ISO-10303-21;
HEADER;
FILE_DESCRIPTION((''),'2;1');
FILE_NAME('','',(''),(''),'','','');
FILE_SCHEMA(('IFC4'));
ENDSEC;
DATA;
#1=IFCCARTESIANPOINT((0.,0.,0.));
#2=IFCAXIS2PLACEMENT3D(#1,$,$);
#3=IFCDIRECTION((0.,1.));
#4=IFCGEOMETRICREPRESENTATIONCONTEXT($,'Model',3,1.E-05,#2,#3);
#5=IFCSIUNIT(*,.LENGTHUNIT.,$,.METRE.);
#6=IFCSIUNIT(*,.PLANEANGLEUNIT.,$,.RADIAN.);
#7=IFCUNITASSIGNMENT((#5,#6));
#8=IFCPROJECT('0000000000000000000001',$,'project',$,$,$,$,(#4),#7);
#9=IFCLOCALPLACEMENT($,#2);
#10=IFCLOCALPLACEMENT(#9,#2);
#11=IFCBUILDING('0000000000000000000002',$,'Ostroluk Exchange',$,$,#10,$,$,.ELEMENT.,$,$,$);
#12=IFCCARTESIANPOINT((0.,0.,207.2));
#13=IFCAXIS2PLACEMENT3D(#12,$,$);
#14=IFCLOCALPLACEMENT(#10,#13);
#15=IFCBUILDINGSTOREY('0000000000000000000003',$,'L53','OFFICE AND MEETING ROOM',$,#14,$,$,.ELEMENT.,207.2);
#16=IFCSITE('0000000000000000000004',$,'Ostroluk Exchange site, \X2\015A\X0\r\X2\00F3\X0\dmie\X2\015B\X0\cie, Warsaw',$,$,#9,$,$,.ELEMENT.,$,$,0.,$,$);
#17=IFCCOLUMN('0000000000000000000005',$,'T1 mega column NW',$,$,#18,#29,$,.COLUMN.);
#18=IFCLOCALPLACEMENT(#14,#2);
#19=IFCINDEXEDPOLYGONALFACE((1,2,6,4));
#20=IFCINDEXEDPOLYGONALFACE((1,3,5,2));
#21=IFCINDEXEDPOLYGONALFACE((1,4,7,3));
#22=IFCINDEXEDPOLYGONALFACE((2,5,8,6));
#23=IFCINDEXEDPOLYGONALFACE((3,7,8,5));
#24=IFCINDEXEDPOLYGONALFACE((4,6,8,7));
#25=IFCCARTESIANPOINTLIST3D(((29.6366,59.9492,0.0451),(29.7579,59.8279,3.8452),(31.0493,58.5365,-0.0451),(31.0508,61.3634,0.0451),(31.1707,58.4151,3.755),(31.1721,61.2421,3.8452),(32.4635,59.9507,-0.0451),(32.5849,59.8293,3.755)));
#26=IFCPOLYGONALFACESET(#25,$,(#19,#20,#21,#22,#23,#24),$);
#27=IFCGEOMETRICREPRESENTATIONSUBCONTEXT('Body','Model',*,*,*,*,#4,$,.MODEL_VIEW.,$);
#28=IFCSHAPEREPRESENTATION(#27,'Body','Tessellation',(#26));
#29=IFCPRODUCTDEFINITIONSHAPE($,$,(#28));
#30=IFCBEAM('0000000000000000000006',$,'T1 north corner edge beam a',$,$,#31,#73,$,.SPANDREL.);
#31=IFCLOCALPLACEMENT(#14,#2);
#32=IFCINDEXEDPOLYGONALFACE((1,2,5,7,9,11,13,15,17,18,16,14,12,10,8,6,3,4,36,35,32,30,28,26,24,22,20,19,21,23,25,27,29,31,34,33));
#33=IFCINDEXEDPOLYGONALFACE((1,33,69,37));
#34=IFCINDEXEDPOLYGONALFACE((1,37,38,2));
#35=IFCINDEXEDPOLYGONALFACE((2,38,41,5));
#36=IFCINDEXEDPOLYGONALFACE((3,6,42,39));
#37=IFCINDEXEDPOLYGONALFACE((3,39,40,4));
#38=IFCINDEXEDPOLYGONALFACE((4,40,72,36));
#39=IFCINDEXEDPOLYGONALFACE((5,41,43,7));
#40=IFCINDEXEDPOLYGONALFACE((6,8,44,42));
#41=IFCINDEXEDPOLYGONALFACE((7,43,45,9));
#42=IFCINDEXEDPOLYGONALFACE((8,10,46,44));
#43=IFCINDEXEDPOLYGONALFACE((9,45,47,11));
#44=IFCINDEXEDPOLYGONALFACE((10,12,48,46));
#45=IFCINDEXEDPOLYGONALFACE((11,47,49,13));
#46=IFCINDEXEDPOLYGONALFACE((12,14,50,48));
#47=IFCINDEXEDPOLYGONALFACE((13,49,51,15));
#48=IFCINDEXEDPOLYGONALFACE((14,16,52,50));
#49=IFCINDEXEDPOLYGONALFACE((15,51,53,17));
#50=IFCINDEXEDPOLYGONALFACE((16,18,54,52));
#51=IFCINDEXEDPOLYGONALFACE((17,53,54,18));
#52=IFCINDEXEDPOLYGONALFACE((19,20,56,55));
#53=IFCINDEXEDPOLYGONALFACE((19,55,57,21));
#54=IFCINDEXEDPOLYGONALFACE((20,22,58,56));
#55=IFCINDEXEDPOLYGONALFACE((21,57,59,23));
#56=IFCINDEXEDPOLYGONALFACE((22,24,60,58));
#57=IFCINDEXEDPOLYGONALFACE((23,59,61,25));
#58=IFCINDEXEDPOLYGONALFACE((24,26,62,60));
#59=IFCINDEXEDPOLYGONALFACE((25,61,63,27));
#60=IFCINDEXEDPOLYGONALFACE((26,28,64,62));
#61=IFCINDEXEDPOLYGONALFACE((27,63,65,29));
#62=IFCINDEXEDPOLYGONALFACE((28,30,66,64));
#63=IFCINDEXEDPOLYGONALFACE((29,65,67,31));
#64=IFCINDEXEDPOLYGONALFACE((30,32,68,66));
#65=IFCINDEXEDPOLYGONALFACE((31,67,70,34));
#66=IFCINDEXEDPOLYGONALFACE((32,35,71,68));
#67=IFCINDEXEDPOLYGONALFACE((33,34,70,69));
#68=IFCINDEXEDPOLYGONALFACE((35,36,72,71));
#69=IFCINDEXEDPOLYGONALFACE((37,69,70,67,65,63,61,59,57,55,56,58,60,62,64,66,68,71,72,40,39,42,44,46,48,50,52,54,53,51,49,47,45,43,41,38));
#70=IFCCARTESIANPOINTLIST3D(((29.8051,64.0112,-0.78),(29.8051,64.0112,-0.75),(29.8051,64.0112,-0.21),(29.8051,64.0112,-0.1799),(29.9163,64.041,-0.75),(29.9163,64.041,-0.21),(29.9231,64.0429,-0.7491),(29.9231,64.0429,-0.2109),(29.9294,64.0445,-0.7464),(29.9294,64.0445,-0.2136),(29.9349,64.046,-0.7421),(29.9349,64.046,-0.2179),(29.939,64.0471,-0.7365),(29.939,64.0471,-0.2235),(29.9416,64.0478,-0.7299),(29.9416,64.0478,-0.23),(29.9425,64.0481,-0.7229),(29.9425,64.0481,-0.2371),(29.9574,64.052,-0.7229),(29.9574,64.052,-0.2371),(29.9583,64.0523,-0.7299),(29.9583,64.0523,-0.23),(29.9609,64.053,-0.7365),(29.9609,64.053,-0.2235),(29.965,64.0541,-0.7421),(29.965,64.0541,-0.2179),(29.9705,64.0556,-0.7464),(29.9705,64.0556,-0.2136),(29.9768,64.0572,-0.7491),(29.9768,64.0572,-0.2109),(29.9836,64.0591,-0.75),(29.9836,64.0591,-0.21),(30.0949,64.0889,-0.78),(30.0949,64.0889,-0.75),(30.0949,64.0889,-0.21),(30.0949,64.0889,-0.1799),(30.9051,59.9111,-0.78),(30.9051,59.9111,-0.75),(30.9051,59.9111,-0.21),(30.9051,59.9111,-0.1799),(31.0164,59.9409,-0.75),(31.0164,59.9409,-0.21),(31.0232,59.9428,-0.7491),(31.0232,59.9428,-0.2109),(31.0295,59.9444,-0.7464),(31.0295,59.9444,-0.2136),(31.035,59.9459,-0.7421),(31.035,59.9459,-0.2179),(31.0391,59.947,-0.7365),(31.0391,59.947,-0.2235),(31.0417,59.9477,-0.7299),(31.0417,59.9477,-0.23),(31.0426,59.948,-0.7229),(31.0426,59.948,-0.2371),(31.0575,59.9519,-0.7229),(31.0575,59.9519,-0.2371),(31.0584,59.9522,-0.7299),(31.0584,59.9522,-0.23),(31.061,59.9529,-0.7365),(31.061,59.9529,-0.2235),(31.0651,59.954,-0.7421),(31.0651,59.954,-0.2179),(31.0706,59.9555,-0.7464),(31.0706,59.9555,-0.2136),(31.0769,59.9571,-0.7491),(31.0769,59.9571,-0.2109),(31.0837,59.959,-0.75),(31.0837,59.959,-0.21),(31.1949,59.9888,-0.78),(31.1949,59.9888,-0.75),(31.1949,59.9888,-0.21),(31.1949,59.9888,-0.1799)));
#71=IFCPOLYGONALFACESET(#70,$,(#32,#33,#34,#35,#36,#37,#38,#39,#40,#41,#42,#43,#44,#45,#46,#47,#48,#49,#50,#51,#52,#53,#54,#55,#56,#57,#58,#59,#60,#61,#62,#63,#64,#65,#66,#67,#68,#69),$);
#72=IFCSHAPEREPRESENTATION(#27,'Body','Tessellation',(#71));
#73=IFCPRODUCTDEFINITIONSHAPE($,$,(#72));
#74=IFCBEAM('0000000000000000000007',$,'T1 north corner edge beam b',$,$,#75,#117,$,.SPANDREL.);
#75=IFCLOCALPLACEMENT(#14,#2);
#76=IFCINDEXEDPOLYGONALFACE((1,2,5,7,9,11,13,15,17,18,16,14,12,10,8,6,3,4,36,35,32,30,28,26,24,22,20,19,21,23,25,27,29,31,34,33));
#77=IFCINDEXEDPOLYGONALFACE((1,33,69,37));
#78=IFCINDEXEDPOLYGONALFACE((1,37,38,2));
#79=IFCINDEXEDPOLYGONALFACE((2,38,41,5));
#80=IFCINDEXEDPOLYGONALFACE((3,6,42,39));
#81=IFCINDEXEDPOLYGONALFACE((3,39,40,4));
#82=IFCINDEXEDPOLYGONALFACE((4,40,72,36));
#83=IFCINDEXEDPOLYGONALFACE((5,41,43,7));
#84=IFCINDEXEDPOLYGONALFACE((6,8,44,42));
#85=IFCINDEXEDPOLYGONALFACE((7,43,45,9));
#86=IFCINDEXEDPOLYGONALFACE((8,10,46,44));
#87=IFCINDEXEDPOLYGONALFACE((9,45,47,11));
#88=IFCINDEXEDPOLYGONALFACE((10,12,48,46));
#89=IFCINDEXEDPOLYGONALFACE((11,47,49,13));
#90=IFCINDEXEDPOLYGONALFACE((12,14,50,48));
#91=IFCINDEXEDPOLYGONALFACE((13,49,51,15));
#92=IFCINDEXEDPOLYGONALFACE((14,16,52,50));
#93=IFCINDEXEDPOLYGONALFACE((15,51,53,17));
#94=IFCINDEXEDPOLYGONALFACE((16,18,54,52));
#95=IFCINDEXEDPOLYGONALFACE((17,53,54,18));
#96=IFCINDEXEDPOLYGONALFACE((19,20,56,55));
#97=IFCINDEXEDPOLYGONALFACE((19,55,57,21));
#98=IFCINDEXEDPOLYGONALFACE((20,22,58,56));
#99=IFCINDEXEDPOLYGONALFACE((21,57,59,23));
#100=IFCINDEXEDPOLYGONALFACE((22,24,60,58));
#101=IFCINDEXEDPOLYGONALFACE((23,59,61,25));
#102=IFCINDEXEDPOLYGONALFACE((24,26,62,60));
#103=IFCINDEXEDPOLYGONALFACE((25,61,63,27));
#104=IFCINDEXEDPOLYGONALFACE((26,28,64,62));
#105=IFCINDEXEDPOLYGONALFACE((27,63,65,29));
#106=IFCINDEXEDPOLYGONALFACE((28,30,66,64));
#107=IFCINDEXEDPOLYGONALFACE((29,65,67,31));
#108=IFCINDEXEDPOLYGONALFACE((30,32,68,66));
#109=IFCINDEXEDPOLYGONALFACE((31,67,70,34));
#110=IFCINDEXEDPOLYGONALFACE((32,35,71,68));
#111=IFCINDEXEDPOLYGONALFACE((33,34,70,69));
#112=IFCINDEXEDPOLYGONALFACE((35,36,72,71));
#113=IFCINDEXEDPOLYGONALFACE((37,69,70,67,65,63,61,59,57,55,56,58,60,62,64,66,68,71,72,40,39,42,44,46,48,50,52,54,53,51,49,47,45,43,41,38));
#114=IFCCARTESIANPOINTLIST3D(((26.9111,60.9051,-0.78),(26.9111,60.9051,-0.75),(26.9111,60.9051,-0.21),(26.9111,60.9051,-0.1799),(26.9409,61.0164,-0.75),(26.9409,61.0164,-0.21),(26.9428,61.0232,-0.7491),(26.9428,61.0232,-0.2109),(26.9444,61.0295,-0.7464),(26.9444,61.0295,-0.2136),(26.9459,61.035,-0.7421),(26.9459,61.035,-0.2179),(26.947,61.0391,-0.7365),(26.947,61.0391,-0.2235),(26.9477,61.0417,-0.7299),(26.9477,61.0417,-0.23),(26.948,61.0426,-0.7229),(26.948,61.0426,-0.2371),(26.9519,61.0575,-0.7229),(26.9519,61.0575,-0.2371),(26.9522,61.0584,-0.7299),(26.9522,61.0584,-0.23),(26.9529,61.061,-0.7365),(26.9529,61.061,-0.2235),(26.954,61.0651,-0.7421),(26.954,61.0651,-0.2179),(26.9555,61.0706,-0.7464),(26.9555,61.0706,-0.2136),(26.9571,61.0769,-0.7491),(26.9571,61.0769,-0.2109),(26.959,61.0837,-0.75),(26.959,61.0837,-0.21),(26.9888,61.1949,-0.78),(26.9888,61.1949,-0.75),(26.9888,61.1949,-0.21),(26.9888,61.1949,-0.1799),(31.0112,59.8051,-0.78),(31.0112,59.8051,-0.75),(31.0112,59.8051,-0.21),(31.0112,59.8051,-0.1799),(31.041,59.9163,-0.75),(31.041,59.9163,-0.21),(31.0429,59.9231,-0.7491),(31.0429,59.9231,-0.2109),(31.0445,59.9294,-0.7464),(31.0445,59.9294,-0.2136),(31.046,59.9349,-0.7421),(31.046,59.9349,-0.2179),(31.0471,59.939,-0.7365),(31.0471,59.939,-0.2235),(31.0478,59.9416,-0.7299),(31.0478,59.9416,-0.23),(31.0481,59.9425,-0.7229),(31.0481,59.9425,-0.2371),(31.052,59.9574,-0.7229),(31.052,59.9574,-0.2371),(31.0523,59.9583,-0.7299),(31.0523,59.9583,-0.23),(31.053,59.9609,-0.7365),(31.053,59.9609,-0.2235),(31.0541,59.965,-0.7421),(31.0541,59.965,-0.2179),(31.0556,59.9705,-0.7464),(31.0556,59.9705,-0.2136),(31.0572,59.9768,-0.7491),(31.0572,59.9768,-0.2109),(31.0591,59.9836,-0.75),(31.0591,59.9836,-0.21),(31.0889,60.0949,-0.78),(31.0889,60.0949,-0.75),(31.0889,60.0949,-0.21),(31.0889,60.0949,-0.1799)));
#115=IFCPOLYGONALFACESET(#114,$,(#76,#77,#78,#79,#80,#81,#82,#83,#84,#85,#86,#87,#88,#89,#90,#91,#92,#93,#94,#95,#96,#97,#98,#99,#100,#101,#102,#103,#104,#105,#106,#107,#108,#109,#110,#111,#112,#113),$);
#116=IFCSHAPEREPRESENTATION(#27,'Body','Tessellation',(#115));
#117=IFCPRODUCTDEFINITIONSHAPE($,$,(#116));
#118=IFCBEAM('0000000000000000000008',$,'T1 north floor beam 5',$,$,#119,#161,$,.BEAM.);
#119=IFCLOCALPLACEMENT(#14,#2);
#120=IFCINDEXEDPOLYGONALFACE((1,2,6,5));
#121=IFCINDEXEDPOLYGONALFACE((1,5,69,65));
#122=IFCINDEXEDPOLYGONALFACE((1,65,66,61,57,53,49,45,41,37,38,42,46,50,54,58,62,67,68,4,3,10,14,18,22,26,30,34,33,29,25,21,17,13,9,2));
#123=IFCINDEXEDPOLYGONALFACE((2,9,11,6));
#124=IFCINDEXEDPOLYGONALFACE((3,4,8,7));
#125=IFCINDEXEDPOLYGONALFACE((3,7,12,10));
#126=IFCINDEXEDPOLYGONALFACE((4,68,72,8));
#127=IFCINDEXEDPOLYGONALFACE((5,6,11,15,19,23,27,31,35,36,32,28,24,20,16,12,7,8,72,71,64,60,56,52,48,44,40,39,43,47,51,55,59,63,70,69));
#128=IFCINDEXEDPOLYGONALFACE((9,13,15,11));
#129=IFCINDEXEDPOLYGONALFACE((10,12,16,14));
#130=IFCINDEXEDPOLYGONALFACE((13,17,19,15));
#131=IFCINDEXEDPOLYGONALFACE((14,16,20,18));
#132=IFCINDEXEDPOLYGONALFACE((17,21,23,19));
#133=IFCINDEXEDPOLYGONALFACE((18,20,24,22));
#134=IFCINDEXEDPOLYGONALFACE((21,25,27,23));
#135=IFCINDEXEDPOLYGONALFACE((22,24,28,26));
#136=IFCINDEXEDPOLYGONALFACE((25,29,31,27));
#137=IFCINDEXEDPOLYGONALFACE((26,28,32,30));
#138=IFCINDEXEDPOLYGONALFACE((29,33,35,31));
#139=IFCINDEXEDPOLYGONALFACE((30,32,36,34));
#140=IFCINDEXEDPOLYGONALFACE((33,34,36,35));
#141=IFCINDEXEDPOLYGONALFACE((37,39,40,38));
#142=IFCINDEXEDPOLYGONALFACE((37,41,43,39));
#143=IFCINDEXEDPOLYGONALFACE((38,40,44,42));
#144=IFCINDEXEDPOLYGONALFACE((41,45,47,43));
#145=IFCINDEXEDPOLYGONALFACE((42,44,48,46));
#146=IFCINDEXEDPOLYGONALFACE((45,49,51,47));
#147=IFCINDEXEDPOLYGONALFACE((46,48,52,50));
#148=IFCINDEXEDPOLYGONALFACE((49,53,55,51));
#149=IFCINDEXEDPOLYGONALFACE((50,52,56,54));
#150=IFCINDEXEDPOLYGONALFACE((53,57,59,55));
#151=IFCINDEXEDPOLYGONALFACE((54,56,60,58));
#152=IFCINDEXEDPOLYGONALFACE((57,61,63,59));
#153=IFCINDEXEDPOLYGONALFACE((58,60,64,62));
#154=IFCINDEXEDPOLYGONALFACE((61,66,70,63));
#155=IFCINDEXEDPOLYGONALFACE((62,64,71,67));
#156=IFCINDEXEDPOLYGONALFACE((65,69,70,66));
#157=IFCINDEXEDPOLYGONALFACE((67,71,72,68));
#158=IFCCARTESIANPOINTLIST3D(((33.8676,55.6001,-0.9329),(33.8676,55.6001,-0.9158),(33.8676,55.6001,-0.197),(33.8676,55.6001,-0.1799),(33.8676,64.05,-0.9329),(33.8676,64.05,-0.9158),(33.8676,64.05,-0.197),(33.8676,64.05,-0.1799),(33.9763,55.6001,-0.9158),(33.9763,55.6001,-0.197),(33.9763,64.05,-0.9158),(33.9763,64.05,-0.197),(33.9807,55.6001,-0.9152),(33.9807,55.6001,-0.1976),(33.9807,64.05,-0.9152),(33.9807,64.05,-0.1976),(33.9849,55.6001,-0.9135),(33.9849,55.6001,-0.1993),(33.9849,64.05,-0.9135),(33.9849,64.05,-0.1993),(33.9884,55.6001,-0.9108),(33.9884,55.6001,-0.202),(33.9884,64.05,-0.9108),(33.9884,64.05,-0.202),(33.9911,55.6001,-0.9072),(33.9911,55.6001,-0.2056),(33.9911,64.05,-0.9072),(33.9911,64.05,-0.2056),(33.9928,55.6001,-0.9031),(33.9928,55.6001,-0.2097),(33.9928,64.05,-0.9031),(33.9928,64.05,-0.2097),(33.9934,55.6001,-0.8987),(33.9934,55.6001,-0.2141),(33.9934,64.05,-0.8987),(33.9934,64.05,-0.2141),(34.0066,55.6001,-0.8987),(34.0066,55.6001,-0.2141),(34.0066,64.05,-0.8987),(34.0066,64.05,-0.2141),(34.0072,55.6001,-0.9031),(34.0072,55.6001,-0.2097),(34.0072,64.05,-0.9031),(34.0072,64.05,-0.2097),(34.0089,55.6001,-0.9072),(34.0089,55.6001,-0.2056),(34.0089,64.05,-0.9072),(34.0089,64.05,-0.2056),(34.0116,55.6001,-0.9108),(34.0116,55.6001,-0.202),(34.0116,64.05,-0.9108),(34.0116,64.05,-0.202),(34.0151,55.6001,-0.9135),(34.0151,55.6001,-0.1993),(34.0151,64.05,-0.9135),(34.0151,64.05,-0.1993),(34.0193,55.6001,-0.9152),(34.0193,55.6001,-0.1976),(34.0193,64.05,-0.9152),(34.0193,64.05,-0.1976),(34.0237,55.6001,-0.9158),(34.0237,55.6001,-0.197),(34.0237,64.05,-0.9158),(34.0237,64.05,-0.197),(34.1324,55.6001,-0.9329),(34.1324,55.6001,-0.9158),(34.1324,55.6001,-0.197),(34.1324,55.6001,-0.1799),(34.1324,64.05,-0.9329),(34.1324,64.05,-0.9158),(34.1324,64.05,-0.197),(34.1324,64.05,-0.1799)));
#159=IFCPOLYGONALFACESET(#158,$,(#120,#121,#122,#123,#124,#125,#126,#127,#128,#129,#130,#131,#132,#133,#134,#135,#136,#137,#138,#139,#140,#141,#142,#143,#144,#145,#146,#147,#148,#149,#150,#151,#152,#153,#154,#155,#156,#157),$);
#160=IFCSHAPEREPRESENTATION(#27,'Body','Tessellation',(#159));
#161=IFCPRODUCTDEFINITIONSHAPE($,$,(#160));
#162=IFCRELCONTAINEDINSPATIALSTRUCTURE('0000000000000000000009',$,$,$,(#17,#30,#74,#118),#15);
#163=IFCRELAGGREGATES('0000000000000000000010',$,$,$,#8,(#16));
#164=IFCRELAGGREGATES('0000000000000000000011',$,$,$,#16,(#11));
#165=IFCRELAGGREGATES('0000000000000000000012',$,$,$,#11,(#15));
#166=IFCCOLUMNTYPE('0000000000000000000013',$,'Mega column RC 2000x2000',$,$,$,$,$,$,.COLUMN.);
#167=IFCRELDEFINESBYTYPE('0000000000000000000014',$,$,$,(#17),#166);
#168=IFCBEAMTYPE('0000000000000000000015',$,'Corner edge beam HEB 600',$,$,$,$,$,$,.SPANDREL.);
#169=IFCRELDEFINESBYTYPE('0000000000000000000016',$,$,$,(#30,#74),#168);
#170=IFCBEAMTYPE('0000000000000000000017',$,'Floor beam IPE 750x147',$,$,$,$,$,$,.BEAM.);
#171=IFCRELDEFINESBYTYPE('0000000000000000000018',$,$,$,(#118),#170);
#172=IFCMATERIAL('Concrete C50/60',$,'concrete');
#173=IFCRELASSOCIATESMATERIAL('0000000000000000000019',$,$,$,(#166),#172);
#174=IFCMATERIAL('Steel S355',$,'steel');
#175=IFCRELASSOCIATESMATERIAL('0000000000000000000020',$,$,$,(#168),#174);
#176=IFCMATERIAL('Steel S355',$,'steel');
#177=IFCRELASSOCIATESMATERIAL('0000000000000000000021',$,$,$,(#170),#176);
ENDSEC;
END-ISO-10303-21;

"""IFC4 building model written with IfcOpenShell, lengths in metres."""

from ifc_helpers import new_model, si_unit, direction, frame, origin, origin_2d, place, context, subcontext, project, spatial, rectangle, i_section, extrude, material, material_profile, profile_set, type_object, element, save


model = new_model("IFC4")

# Units and contexts
model_context = context("Model", 3, precision=1e-05, world=origin(), true_north=direction((0.0, 1.0)))
body_context = subcontext(model_context, "Body", "Model", "MODEL_VIEW")
ifc_project = project(units=[si_unit("LENGTHUNIT", "METRE"), si_unit("PLANEANGLEUNIT", "RADIAN")], contexts=[model_context])

# Site, building, storey
site_placement = place(None, origin())
site = spatial("IfcSite", under=ifc_project, at=site_placement, Name="Ostroluk Exchange site, Śródmieście, Warsaw", CompositionType="ELEMENT", RefElevation=0.0)
building_placement = place(site_placement, origin())
building = spatial("IfcBuilding", under=site, at=building_placement, Name="Ostroluk Exchange", CompositionType="ELEMENT")
storey_placement = place(building_placement, frame((0.0, 0.0, 207.2)))
storey = spatial("IfcBuildingStorey", under=building, at=storey_placement, Name="L53", Description="OFFICE AND MEETING ROOM", CompositionType="ELEMENT", Elevation=207.2)

# Column
ifc_material_1 = material(Name="Concrete C50/60", Category="concrete")
ifc_material_profile_1 = material_profile(ifc_material_1, rectangle(XDim=2.0, YDim=2.0, at=origin_2d()), Name="RC 2000x2000")
ifc_profile_set_1 = profile_set([ifc_material_profile_1], Name="Concrete C50/60")
column_type = type_object("IfcColumnType", Name="Mega column RC 2000x2000", PredefinedType="COLUMN", material=ifc_profile_set_1)
column_placement = place(storey_placement, frame((31.05, 59.95, 0.0), z_axis=(0.031898, -0.031898, 0.998982), x_axis=(0.707107, 0.707107, 0.0)))
element("IfcColumn", 1, at=column_placement, inside=storey, type_object=column_type, Name="T1 mega column NW", PredefinedType="COLUMN", context=body_context, shape_type="SweptSolid", body=[
    extrude(rectangle(XDim=2.0, YDim=2.0, at=origin_2d()), origin(), (0.0, 0.0, 1.0), 3.804),
])

# Beams
ifc_material_2 = material(Name="Steel S355", Category="steel")
ifc_material_profile_2 = material_profile(ifc_material_2, i_section(OverallWidth=0.3, OverallDepth=0.6001, WebThickness=0.0154, FlangeThickness=0.03, FilletRadius=0.0271, at=origin_2d()), Name="HEB 600")
ifc_profile_set_2 = profile_set([ifc_material_profile_2], Name="Steel S355")
beam_type_1 = type_object("IfcBeamType", Name="Corner edge beam HEB 600", PredefinedType="SPANDREL", material=ifc_profile_set_2)
for number, where, z_axis, x_axis, name in (
    (2, (31.05, 59.95, -0.48), (-0.259144, 0.965839, 0.0), (-0.965839, -0.259144, 0.0), "T1 north corner edge beam a"),
    (3, (31.05, 59.95, -0.48), (-0.965839, 0.259144, 0.0), (-0.259144, -0.965839, 0.0), "T1 north corner edge beam b"),
):
    element("IfcBeam", number, at=place(storey_placement, frame(where, z_axis=z_axis, x_axis=x_axis)), inside=storey, type_object=beam_type_1, Name=name, PredefinedType="SPANDREL", context=body_context, shape_type="SweptSolid", body=[
        extrude(i_section(OverallWidth=0.3, OverallDepth=0.6001, WebThickness=0.0154, FlangeThickness=0.03, FilletRadius=0.0271, at=origin_2d()), origin(), (0.0, 0.0, 1.0), 4.2451),
    ])
ifc_material_3 = material(Name="Steel S355", Category="steel")
ifc_material_profile_3 = material_profile(ifc_material_3, i_section(OverallWidth=0.2649, OverallDepth=0.7529, WebThickness=0.0132, FlangeThickness=0.0171, FilletRadius=0.0171, at=origin_2d()), Name="IPE 750x147")
ifc_profile_set_3 = profile_set([ifc_material_profile_3], Name="Steel S355")
beam_type_2 = type_object("IfcBeamType", Name="Floor beam IPE 750x147", PredefinedType="BEAM", material=ifc_profile_set_3)
beam_1_placement = place(storey_placement, frame((34.0, 55.6001, -0.5564), z_axis=(0.0, 1.0, 0.0), x_axis=(-1.0, 0.0, 0.0)))
element("IfcBeam", 4, at=beam_1_placement, inside=storey, type_object=beam_type_2, Name="T1 north floor beam 5", PredefinedType="BEAM", context=body_context, shape_type="SweptSolid", body=[
    extrude(i_section(OverallWidth=0.2649, OverallDepth=0.7529, WebThickness=0.0132, FlangeThickness=0.0171, FilletRadius=0.0171, at=origin_2d()), origin(), (0.0, 0.0, 1.0), 8.45),
])

save(model, "model.ifc")
